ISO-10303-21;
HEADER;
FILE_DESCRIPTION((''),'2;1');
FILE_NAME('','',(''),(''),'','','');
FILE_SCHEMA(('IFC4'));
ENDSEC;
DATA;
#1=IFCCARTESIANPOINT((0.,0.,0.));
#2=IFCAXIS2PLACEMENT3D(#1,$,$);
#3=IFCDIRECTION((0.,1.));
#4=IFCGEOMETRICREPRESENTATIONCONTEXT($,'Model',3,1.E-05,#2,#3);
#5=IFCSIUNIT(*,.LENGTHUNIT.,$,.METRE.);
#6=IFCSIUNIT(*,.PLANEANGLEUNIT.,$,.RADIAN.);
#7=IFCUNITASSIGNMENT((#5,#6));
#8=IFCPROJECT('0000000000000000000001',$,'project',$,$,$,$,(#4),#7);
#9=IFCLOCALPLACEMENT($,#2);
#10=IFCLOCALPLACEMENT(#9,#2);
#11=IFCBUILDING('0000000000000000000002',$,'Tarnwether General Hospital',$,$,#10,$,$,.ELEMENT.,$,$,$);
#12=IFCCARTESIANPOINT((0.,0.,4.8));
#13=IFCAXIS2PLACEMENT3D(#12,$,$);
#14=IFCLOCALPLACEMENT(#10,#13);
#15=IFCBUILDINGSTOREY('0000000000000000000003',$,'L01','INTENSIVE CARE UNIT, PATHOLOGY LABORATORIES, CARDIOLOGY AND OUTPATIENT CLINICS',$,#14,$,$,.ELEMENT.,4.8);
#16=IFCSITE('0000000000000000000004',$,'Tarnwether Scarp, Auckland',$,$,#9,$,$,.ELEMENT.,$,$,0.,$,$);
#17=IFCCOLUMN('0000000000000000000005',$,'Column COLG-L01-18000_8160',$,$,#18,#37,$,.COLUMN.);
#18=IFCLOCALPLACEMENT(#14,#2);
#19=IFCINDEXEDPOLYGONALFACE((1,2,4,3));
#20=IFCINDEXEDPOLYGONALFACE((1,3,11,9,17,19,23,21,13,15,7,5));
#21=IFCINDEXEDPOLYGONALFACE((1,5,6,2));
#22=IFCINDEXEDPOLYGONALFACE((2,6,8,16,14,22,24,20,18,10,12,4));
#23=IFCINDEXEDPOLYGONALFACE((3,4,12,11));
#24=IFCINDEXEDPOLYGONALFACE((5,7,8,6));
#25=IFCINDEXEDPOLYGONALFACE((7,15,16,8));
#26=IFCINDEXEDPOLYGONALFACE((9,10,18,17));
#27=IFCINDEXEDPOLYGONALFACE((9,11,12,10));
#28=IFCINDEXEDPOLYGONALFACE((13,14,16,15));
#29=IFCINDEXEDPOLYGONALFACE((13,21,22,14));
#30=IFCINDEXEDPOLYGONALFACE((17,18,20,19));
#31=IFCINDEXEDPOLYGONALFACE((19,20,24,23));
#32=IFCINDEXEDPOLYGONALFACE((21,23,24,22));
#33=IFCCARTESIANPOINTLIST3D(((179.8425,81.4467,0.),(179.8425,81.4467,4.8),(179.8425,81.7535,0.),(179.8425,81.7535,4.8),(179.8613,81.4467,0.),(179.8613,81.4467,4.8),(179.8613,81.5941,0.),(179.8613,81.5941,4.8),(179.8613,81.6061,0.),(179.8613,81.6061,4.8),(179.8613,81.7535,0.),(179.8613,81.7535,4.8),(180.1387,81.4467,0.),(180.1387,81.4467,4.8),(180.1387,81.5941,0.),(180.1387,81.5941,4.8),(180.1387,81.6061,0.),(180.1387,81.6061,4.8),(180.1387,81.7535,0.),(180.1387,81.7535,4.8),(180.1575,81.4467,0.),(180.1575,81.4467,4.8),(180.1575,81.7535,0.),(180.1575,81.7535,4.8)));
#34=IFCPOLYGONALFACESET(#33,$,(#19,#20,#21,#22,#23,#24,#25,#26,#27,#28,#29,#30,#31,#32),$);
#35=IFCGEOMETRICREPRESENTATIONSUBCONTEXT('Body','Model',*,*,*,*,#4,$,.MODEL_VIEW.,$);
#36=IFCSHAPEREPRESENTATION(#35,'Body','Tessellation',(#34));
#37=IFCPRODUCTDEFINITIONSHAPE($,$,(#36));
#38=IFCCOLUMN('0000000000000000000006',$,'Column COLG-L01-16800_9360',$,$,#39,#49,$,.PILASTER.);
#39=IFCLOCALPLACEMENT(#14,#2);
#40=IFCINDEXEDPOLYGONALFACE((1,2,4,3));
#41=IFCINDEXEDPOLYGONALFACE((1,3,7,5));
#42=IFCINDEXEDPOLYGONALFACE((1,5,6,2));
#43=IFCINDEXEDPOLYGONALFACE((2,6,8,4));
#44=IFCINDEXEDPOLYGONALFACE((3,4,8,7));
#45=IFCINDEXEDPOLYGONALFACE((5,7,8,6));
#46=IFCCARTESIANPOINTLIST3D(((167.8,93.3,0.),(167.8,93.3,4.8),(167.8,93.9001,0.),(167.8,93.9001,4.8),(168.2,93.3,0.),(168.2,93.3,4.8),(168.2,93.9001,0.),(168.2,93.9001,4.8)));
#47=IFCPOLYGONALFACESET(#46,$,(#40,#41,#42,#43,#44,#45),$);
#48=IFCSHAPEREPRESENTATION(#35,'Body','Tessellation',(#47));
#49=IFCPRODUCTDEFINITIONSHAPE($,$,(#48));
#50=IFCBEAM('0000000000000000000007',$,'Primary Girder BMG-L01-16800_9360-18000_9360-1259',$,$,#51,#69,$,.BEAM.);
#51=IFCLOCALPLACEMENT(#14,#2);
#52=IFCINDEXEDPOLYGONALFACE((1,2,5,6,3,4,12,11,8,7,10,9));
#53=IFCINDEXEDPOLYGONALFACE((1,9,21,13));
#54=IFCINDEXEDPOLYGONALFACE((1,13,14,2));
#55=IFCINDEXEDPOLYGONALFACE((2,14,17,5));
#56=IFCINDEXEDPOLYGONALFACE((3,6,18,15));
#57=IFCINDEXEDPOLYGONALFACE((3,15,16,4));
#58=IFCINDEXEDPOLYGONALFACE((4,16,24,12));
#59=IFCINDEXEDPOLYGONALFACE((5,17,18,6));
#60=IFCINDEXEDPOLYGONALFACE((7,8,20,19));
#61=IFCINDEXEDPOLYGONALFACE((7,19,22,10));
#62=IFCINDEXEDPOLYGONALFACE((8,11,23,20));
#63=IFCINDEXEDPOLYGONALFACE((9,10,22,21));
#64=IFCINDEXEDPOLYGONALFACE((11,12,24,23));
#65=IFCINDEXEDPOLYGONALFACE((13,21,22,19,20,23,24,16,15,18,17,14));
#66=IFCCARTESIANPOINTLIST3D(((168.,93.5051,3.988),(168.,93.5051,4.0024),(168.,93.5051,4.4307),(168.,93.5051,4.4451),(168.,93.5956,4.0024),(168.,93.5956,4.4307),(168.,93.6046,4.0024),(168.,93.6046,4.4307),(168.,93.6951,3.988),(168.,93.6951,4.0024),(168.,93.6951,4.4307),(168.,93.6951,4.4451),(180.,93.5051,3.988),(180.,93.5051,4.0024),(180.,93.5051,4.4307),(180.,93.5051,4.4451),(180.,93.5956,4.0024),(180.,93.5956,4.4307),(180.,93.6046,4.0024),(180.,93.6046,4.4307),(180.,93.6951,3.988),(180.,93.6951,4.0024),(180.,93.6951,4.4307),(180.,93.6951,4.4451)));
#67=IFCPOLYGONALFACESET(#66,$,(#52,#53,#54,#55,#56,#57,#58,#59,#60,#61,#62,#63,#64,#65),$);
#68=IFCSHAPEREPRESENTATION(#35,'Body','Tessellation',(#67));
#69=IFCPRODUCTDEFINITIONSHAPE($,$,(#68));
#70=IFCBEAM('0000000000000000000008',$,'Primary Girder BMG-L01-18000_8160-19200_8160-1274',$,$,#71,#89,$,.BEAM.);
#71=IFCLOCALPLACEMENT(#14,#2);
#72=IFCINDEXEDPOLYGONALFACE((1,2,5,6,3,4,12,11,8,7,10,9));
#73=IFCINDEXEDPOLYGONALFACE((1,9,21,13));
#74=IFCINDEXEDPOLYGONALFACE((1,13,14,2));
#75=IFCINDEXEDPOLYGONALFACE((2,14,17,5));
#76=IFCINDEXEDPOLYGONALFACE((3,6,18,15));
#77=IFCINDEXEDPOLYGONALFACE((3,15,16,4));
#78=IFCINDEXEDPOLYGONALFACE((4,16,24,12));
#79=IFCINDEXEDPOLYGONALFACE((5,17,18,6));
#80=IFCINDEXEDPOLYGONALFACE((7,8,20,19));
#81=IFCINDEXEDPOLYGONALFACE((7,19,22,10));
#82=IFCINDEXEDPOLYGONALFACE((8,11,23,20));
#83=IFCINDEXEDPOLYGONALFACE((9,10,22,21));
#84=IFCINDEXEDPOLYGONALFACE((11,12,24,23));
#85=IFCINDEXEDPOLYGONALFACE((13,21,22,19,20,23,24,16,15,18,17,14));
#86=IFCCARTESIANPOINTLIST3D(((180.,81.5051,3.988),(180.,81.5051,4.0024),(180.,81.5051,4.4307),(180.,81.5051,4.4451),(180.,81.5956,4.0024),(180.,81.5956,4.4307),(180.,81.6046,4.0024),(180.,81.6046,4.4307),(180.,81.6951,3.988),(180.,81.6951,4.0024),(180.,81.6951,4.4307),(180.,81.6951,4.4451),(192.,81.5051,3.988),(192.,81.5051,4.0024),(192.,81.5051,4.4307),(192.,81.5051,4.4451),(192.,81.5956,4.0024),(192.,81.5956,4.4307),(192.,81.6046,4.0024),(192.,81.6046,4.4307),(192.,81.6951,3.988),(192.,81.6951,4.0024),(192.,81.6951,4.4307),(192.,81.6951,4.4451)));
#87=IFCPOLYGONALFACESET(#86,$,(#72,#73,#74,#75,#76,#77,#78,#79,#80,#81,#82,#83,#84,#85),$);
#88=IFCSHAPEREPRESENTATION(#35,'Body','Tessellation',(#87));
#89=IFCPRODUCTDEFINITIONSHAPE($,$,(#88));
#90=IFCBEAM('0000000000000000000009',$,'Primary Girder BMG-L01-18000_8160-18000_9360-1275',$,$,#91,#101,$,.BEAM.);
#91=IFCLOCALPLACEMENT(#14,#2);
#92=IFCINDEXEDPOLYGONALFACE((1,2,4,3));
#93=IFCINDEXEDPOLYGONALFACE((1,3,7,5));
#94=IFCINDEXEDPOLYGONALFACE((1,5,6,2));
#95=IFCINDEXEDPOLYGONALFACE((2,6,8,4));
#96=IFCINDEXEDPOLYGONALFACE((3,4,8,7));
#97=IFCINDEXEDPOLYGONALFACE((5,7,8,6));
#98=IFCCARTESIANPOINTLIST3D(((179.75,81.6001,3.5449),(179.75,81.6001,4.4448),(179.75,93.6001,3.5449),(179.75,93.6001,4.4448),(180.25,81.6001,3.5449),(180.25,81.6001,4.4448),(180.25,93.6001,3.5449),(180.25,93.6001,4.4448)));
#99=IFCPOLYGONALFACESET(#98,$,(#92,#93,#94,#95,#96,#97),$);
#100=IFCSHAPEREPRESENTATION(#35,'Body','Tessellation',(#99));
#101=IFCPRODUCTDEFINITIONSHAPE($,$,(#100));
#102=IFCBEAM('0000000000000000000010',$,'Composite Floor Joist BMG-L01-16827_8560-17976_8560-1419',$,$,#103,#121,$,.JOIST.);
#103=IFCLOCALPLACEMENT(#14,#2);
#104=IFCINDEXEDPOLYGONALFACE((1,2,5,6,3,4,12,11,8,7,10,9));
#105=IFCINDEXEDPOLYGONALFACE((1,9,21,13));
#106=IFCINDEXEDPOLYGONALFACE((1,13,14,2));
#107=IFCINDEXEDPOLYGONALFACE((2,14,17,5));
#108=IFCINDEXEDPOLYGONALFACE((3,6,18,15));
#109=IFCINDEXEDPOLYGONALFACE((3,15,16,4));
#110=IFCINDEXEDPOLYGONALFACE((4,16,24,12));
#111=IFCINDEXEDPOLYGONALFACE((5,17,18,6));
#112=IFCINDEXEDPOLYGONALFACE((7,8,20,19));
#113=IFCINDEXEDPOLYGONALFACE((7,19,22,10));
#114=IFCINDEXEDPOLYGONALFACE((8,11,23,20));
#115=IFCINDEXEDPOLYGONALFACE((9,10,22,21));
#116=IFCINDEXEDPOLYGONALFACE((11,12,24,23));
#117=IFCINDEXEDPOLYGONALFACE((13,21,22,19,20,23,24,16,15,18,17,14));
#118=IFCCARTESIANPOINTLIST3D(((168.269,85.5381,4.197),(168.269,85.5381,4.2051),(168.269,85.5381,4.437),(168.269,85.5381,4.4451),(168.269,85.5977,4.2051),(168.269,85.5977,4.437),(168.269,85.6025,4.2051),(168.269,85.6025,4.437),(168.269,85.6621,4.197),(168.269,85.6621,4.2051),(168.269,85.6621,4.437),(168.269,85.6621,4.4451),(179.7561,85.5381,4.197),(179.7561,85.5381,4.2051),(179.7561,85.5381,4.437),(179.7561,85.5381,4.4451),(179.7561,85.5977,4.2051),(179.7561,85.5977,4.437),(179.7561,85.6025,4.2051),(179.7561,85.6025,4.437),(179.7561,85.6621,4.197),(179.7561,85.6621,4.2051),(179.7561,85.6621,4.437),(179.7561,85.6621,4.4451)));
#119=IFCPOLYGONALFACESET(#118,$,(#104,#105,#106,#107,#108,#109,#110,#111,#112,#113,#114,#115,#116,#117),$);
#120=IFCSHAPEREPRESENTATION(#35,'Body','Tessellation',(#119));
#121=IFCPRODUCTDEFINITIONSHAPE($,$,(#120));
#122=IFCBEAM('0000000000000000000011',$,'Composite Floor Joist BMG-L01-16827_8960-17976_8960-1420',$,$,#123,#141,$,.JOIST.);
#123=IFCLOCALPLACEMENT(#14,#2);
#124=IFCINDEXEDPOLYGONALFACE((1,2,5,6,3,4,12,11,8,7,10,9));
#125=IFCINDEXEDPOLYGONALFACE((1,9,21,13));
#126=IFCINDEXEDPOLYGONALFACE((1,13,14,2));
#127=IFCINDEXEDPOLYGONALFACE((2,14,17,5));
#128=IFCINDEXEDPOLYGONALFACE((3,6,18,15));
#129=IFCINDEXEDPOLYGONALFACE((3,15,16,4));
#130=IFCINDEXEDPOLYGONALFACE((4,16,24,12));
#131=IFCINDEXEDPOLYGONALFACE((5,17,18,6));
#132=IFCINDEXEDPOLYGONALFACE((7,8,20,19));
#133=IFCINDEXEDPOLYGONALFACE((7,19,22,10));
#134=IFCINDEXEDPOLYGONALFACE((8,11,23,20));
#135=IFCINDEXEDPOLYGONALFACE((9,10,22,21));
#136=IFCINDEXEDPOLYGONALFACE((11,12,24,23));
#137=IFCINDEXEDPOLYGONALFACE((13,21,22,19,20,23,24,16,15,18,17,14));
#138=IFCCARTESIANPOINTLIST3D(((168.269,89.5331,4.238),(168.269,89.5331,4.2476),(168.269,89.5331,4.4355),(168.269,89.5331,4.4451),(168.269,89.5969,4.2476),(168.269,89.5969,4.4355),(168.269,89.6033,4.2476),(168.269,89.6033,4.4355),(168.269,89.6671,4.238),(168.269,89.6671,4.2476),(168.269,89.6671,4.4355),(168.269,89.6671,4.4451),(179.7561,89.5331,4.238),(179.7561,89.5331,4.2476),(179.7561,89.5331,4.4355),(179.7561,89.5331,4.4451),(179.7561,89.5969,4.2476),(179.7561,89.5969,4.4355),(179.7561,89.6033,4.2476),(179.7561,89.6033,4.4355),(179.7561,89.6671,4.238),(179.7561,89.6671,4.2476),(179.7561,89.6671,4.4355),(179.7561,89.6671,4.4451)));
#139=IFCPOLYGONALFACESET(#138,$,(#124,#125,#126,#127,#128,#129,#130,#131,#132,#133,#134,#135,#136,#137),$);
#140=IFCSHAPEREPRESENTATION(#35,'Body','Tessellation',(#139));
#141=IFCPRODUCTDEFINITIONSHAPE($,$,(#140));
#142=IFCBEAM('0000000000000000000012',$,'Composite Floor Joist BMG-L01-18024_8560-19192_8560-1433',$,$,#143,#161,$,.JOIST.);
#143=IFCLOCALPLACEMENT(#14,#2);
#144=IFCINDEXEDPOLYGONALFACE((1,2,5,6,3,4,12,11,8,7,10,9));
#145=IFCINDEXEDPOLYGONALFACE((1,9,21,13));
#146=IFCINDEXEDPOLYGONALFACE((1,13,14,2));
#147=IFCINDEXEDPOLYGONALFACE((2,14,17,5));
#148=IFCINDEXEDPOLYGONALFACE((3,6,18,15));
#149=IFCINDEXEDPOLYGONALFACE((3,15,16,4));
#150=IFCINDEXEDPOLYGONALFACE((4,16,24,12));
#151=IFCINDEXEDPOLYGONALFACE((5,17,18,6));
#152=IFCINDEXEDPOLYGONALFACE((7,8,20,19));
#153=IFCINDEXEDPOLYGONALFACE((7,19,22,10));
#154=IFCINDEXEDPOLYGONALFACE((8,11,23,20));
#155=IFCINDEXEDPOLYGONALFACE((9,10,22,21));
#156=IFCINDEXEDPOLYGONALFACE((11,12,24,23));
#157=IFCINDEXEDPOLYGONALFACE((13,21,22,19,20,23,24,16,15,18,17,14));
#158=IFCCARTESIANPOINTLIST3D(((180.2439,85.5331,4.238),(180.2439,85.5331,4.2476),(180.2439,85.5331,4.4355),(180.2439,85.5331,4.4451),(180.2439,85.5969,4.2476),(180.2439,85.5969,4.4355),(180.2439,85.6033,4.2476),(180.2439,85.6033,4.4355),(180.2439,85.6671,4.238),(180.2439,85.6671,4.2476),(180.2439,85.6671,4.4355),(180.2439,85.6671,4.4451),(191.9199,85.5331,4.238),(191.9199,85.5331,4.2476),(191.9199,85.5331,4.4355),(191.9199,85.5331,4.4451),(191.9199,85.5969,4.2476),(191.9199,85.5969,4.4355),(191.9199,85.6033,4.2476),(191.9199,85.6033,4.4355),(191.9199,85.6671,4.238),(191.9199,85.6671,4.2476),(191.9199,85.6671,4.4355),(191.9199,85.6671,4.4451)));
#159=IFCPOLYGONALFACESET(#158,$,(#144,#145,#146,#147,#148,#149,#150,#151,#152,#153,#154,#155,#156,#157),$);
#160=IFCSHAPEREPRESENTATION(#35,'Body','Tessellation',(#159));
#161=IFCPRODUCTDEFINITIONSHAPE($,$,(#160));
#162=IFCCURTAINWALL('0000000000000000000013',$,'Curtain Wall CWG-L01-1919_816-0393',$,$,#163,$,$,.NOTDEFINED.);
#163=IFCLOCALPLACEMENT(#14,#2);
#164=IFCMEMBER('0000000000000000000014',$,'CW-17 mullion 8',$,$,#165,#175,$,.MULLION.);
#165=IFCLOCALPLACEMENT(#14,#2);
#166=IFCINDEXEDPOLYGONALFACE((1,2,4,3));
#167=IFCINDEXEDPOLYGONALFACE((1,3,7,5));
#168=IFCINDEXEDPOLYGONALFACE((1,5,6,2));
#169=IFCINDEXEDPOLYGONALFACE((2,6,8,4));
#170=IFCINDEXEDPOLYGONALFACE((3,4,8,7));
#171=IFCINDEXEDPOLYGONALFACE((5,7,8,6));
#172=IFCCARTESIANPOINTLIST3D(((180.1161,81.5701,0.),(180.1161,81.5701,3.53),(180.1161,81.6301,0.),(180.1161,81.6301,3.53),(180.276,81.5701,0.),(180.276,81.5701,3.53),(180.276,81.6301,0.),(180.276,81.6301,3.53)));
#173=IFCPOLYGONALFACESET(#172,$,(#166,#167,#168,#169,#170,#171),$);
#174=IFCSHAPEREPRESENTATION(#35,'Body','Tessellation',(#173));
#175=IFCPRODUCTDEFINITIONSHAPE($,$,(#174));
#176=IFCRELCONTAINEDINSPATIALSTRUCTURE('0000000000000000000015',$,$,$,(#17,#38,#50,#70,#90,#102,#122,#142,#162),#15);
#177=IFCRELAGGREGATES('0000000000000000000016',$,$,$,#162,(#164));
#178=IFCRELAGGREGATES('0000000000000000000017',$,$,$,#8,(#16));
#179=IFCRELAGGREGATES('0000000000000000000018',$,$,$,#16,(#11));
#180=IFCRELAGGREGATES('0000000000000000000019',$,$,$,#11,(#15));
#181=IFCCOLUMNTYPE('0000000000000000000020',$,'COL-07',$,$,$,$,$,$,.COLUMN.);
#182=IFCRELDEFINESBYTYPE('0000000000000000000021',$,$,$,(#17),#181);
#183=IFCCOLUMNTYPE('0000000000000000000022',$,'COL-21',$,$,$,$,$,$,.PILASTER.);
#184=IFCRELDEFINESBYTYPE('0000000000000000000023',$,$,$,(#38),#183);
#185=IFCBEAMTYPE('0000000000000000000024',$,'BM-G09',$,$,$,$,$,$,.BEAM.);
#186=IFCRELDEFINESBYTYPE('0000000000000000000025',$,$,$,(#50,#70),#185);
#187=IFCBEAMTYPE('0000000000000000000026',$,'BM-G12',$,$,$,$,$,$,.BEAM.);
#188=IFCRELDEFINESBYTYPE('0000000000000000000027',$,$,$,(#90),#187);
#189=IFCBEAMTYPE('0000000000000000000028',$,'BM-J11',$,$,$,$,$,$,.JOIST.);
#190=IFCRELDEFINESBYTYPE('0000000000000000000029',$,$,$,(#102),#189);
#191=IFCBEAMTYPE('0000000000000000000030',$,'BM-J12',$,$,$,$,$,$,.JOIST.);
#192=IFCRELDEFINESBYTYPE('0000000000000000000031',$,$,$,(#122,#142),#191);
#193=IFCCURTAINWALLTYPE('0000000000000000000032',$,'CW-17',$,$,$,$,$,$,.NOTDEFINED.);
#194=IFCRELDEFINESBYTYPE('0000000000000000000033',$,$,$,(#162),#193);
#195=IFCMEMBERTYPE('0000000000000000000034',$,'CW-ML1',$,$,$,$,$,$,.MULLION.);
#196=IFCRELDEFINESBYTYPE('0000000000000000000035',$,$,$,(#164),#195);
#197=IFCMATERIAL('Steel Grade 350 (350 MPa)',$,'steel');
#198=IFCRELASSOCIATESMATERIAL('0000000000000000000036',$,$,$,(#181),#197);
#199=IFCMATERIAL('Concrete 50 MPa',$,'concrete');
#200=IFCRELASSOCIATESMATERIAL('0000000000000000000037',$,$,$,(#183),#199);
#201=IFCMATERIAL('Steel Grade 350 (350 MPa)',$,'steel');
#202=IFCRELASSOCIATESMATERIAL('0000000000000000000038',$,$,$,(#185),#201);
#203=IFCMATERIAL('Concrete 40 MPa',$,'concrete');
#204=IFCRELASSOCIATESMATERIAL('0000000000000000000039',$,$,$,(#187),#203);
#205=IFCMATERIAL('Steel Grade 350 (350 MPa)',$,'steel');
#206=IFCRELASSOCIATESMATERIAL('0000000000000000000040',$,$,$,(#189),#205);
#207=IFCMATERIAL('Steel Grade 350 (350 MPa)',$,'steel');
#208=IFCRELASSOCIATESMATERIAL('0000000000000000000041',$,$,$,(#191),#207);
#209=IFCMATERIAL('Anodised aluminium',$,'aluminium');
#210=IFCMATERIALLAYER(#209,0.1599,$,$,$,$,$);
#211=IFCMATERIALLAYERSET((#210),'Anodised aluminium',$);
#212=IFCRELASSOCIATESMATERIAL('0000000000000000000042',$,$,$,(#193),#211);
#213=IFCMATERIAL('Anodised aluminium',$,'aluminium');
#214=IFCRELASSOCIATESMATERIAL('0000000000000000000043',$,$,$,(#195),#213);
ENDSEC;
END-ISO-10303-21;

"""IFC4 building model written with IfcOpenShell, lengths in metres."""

from ifc_helpers import new_model, si_unit, direction, frame, origin, origin_2d, place, context, subcontext, project, spatial, rectangle, i_section, extrude, material, layer, layer_set, material_profile, profile_set, type_object, element, aggregate, save


model = new_model("IFC4")

# Units and contexts
model_context = context("Model", 3, precision=1e-05, world=origin(), true_north=direction((0.0, 1.0)))
body_context = subcontext(model_context, "Body", "Model", "MODEL_VIEW")
ifc_project = project(units=[si_unit("LENGTHUNIT", "METRE"), si_unit("PLANEANGLEUNIT", "RADIAN")], contexts=[model_context])

# Site, building, storey
site_placement = place(None, origin())
site = spatial("IfcSite", under=ifc_project, at=site_placement, Name="Tarnwether Scarp, Auckland", CompositionType="ELEMENT", RefElevation=0.0)
building_placement = place(site_placement, origin())
building = spatial("IfcBuilding", under=site, at=building_placement, Name="Tarnwether General Hospital", CompositionType="ELEMENT")
storey_placement = place(building_placement, frame((0.0, 0.0, 4.8)))
storey = spatial("IfcBuildingStorey", under=building, at=storey_placement, Name="L01", Description="INTENSIVE CARE UNIT, PATHOLOGY LABORATORIES, CARDIOLOGY AND OUTPATIENT CLINICS", CompositionType="ELEMENT", Elevation=4.8)

# Columns
ifc_material_1 = material(Name="Steel Grade 350 (350 MPa)", Category="steel")
ifc_material_profile_1 = material_profile(ifc_material_1, i_section(OverallWidth=0.3069, OverallDepth=0.3149, WebThickness=0.012, FlangeThickness=0.0188, at=origin_2d()), Name="310UC118")
ifc_profile_set_1 = profile_set([ifc_material_profile_1], Name="Steel Grade 350 (350 MPa)")
column_type_1 = type_object("IfcColumnType", Name="COL-07", PredefinedType="COLUMN", material=ifc_profile_set_1)
column_1_placement = place(storey_placement, frame((180.0, 81.6001, 0.0), z_axis=(0.0, 0.0, 1.0), x_axis=(0.0, 1.0, 0.0)))
element("IfcColumn", 1, at=column_1_placement, inside=storey, type_object=column_type_1, Name="Column COLG-L01-18000_8160", PredefinedType="COLUMN", context=body_context, shape_type="SweptSolid", body=[
    extrude(i_section(OverallWidth=0.3069, OverallDepth=0.3149, WebThickness=0.012, FlangeThickness=0.0188, at=origin_2d()), origin(), (0.0, 0.0, 1.0), 4.8),
])
ifc_material_2 = material(Name="Concrete 50 MPa", Category="concrete")
ifc_material_profile_2 = material_profile(ifc_material_2, rectangle(XDim=0.3999, YDim=0.6001, at=origin_2d()), Name="RC-PIL-400x600")
ifc_profile_set_2 = profile_set([ifc_material_profile_2], Name="Concrete 50 MPa")
column_type_2 = type_object("IfcColumnType", Name="COL-21", PredefinedType="PILASTER", material=ifc_profile_set_2)
column_2_placement = place(storey_placement, frame((168.0, 93.6001, 0.0), z_axis=(0.0, 0.0, 1.0), x_axis=(1.0, 0.0, 0.0)))
element("IfcColumn", 2, at=column_2_placement, inside=storey, type_object=column_type_2, Name="Column COLG-L01-16800_9360", PredefinedType="PILASTER", context=body_context, shape_type="SweptSolid", body=[
    extrude(rectangle(XDim=0.3999, YDim=0.6001, at=origin_2d()), origin(), (0.0, 0.0, 1.0), 4.8),
])

# Beams
ifc_material_3 = material(Name="Steel Grade 350 (350 MPa)", Category="steel")
ifc_material_profile_3 = material_profile(ifc_material_3, i_section(OverallWidth=0.1899, OverallDepth=0.457, WebThickness=0.009, FlangeThickness=0.0144, at=origin_2d()), Name="460UB74.6")
ifc_profile_set_3 = profile_set([ifc_material_profile_3], Name="Steel Grade 350 (350 MPa)")
beam_type_1 = type_object("IfcBeamType", Name="BM-G09", PredefinedType="BEAM", material=ifc_profile_set_3)
for number, where, z_axis, x_axis, name in (
    (3, (168.0, 93.6001, 4.2166), (1.0, 0.0, 0.0), (0.0, 1.0, 0.0), "Primary Girder BMG-L01-16800_9360-18000_9360-1259"),
    (4, (180.0, 81.6001, 4.2166), (1.0, 0.0, 0.0), (0.0, 1.0, 0.0), "Primary Girder BMG-L01-18000_8160-19200_8160-1274"),
):
    element("IfcBeam", number, at=place(storey_placement, frame(where, z_axis=z_axis, x_axis=x_axis)), inside=storey, type_object=beam_type_1, Name=name, PredefinedType="BEAM", context=body_context, shape_type="SweptSolid", body=[
        extrude(i_section(OverallWidth=0.1899, OverallDepth=0.457, WebThickness=0.009, FlangeThickness=0.0144, at=origin_2d()), origin(), (0.0, 0.0, 1.0), 12.0),
    ])
ifc_material_4 = material(Name="Concrete 40 MPa", Category="concrete")
ifc_material_profile_4 = material_profile(ifc_material_4, rectangle(XDim=0.5, YDim=0.8999, at=origin_2d()), Name="RC-BM-500x900")
ifc_profile_set_4 = profile_set([ifc_material_profile_4], Name="Concrete 40 MPa")
beam_type_2 = type_object("IfcBeamType", Name="BM-G12", PredefinedType="BEAM", material=ifc_profile_set_4)
beam_1_placement = place(storey_placement, frame((180.0, 81.6001, 3.9949), z_axis=(0.0, 1.0, 0.0), x_axis=(-1.0, 0.0, 0.0)))
element("IfcBeam", 5, at=beam_1_placement, inside=storey, type_object=beam_type_2, Name="Primary Girder BMG-L01-18000_8160-18000_9360-1275", PredefinedType="BEAM", context=body_context, shape_type="SweptSolid", body=[
    extrude(rectangle(XDim=0.5, YDim=0.8999, at=origin_2d()), origin(), (0.0, 0.0, 1.0), 12.0),
])
ifc_material_5 = material(Name="Steel Grade 350 (350 MPa)", Category="steel")
ifc_material_profile_5 = material_profile(ifc_material_5, i_section(OverallWidth=0.124, OverallDepth=0.248, WebThickness=0.0049, FlangeThickness=0.0081, at=origin_2d()), Name="250UB25.7")
ifc_profile_set_5 = profile_set([ifc_material_profile_5], Name="Steel Grade 350 (350 MPa)")
beam_type_3 = type_object("IfcBeamType", Name="BM-J11", PredefinedType="JOIST", material=ifc_profile_set_5)
beam_2_placement = place(storey_placement, frame((168.269, 85.6001, 4.321), z_axis=(1.0, 0.0, 0.0), x_axis=(0.0, 1.0, 0.0)))
element("IfcBeam", 6, at=beam_2_placement, inside=storey, type_object=beam_type_3, Name="Composite Floor Joist BMG-L01-16827_8560-17976_8560-1419", PredefinedType="JOIST", context=body_context, shape_type="SweptSolid", body=[
    extrude(i_section(OverallWidth=0.124, OverallDepth=0.248, WebThickness=0.0049, FlangeThickness=0.0081, at=origin_2d()), origin(), (0.0, 0.0, 1.0), 11.4871),
])
ifc_material_6 = material(Name="Steel Grade 350 (350 MPa)", Category="steel")
ifc_material_profile_6 = material_profile(ifc_material_6, i_section(OverallWidth=0.134, OverallDepth=0.207, WebThickness=0.0063, FlangeThickness=0.0095, at=origin_2d()), Name="200UB29.8")
ifc_profile_set_6 = profile_set([ifc_material_profile_6], Name="Steel Grade 350 (350 MPa)")
beam_type_4 = type_object("IfcBeamType", Name="BM-J12", PredefinedType="JOIST", material=ifc_profile_set_6)
beam_3_placement = place(storey_placement, frame((168.269, 89.6001, 4.3416), z_axis=(1.0, 0.0, 0.0), x_axis=(0.0, 1.0, 0.0)))
element("IfcBeam", 7, at=beam_3_placement, inside=storey, type_object=beam_type_4, Name="Composite Floor Joist BMG-L01-16827_8960-17976_8960-1420", PredefinedType="JOIST", context=body_context, shape_type="SweptSolid", body=[
    extrude(i_section(OverallWidth=0.134, OverallDepth=0.207, WebThickness=0.0063, FlangeThickness=0.0095, at=origin_2d()), origin(), (0.0, 0.0, 1.0), 11.4871),
])
beam_4_placement = place(storey_placement, frame((180.2439, 85.6001, 4.3416), z_axis=(1.0, 0.0, 0.0), x_axis=(0.0, 1.0, 0.0)))
element("IfcBeam", 8, at=beam_4_placement, inside=storey, type_object=beam_type_4, Name="Composite Floor Joist BMG-L01-18024_8560-19192_8560-1433", PredefinedType="JOIST", context=body_context, shape_type="SweptSolid", body=[
    extrude(i_section(OverallWidth=0.134, OverallDepth=0.207, WebThickness=0.0063, FlangeThickness=0.0095, at=origin_2d()), origin(), (0.0, 0.0, 1.0), 11.676),
])

# Curtain wall, member
ifc_material_7 = material(Name="Anodised aluminium", Category="aluminium")
ifc_layer_1 = layer(ifc_material_7, 0.1599)
ifc_layer_set_1 = layer_set([ifc_layer_1], Name="Anodised aluminium")
curtain_wall_type = type_object("IfcCurtainWallType", Name="CW-17", PredefinedType="NOTDEFINED", material=ifc_layer_set_1)
curtain_wall_1_placement = place(storey_placement, origin())
curtain_wall_1 = element("IfcCurtainWall", 9, at=curtain_wall_1_placement, inside=storey, type_object=curtain_wall_type, Name="Curtain Wall CWG-L01-1919_816-0393", PredefinedType="NOTDEFINED")
ifc_material_8 = material(Name="Anodised aluminium", Category="aluminium")
ifc_material_profile_7 = material_profile(ifc_material_8, rectangle(XDim=0.0601, YDim=0.1599, at=origin_2d()), Name="ALU-MUL-60x160")
ifc_profile_set_7 = profile_set([ifc_material_profile_7], Name="Anodised aluminium")
member_type_1 = type_object("IfcMemberType", Name="CW-ML1", PredefinedType="MULLION", material=ifc_profile_set_7)
member_1_placement = place(storey_placement, frame((180.196, 81.6001, 0.0), z_axis=(0.0, 0.0, 1.0), x_axis=(0.0, -1.0, 0.0)))
member_1 = element("IfcMember", 10, at=member_1_placement, type_object=member_type_1, Name="CW-17 mullion 8", PredefinedType="MULLION", context=body_context, shape_type="SweptSolid", body=[
    extrude(rectangle(XDim=0.0601, YDim=0.1599, at=origin_2d()), origin(), (0.0, 0.0, 1.0), 3.53),
])
aggregate(curtain_wall_1, [member_1])

save(model, "model.ifc")
